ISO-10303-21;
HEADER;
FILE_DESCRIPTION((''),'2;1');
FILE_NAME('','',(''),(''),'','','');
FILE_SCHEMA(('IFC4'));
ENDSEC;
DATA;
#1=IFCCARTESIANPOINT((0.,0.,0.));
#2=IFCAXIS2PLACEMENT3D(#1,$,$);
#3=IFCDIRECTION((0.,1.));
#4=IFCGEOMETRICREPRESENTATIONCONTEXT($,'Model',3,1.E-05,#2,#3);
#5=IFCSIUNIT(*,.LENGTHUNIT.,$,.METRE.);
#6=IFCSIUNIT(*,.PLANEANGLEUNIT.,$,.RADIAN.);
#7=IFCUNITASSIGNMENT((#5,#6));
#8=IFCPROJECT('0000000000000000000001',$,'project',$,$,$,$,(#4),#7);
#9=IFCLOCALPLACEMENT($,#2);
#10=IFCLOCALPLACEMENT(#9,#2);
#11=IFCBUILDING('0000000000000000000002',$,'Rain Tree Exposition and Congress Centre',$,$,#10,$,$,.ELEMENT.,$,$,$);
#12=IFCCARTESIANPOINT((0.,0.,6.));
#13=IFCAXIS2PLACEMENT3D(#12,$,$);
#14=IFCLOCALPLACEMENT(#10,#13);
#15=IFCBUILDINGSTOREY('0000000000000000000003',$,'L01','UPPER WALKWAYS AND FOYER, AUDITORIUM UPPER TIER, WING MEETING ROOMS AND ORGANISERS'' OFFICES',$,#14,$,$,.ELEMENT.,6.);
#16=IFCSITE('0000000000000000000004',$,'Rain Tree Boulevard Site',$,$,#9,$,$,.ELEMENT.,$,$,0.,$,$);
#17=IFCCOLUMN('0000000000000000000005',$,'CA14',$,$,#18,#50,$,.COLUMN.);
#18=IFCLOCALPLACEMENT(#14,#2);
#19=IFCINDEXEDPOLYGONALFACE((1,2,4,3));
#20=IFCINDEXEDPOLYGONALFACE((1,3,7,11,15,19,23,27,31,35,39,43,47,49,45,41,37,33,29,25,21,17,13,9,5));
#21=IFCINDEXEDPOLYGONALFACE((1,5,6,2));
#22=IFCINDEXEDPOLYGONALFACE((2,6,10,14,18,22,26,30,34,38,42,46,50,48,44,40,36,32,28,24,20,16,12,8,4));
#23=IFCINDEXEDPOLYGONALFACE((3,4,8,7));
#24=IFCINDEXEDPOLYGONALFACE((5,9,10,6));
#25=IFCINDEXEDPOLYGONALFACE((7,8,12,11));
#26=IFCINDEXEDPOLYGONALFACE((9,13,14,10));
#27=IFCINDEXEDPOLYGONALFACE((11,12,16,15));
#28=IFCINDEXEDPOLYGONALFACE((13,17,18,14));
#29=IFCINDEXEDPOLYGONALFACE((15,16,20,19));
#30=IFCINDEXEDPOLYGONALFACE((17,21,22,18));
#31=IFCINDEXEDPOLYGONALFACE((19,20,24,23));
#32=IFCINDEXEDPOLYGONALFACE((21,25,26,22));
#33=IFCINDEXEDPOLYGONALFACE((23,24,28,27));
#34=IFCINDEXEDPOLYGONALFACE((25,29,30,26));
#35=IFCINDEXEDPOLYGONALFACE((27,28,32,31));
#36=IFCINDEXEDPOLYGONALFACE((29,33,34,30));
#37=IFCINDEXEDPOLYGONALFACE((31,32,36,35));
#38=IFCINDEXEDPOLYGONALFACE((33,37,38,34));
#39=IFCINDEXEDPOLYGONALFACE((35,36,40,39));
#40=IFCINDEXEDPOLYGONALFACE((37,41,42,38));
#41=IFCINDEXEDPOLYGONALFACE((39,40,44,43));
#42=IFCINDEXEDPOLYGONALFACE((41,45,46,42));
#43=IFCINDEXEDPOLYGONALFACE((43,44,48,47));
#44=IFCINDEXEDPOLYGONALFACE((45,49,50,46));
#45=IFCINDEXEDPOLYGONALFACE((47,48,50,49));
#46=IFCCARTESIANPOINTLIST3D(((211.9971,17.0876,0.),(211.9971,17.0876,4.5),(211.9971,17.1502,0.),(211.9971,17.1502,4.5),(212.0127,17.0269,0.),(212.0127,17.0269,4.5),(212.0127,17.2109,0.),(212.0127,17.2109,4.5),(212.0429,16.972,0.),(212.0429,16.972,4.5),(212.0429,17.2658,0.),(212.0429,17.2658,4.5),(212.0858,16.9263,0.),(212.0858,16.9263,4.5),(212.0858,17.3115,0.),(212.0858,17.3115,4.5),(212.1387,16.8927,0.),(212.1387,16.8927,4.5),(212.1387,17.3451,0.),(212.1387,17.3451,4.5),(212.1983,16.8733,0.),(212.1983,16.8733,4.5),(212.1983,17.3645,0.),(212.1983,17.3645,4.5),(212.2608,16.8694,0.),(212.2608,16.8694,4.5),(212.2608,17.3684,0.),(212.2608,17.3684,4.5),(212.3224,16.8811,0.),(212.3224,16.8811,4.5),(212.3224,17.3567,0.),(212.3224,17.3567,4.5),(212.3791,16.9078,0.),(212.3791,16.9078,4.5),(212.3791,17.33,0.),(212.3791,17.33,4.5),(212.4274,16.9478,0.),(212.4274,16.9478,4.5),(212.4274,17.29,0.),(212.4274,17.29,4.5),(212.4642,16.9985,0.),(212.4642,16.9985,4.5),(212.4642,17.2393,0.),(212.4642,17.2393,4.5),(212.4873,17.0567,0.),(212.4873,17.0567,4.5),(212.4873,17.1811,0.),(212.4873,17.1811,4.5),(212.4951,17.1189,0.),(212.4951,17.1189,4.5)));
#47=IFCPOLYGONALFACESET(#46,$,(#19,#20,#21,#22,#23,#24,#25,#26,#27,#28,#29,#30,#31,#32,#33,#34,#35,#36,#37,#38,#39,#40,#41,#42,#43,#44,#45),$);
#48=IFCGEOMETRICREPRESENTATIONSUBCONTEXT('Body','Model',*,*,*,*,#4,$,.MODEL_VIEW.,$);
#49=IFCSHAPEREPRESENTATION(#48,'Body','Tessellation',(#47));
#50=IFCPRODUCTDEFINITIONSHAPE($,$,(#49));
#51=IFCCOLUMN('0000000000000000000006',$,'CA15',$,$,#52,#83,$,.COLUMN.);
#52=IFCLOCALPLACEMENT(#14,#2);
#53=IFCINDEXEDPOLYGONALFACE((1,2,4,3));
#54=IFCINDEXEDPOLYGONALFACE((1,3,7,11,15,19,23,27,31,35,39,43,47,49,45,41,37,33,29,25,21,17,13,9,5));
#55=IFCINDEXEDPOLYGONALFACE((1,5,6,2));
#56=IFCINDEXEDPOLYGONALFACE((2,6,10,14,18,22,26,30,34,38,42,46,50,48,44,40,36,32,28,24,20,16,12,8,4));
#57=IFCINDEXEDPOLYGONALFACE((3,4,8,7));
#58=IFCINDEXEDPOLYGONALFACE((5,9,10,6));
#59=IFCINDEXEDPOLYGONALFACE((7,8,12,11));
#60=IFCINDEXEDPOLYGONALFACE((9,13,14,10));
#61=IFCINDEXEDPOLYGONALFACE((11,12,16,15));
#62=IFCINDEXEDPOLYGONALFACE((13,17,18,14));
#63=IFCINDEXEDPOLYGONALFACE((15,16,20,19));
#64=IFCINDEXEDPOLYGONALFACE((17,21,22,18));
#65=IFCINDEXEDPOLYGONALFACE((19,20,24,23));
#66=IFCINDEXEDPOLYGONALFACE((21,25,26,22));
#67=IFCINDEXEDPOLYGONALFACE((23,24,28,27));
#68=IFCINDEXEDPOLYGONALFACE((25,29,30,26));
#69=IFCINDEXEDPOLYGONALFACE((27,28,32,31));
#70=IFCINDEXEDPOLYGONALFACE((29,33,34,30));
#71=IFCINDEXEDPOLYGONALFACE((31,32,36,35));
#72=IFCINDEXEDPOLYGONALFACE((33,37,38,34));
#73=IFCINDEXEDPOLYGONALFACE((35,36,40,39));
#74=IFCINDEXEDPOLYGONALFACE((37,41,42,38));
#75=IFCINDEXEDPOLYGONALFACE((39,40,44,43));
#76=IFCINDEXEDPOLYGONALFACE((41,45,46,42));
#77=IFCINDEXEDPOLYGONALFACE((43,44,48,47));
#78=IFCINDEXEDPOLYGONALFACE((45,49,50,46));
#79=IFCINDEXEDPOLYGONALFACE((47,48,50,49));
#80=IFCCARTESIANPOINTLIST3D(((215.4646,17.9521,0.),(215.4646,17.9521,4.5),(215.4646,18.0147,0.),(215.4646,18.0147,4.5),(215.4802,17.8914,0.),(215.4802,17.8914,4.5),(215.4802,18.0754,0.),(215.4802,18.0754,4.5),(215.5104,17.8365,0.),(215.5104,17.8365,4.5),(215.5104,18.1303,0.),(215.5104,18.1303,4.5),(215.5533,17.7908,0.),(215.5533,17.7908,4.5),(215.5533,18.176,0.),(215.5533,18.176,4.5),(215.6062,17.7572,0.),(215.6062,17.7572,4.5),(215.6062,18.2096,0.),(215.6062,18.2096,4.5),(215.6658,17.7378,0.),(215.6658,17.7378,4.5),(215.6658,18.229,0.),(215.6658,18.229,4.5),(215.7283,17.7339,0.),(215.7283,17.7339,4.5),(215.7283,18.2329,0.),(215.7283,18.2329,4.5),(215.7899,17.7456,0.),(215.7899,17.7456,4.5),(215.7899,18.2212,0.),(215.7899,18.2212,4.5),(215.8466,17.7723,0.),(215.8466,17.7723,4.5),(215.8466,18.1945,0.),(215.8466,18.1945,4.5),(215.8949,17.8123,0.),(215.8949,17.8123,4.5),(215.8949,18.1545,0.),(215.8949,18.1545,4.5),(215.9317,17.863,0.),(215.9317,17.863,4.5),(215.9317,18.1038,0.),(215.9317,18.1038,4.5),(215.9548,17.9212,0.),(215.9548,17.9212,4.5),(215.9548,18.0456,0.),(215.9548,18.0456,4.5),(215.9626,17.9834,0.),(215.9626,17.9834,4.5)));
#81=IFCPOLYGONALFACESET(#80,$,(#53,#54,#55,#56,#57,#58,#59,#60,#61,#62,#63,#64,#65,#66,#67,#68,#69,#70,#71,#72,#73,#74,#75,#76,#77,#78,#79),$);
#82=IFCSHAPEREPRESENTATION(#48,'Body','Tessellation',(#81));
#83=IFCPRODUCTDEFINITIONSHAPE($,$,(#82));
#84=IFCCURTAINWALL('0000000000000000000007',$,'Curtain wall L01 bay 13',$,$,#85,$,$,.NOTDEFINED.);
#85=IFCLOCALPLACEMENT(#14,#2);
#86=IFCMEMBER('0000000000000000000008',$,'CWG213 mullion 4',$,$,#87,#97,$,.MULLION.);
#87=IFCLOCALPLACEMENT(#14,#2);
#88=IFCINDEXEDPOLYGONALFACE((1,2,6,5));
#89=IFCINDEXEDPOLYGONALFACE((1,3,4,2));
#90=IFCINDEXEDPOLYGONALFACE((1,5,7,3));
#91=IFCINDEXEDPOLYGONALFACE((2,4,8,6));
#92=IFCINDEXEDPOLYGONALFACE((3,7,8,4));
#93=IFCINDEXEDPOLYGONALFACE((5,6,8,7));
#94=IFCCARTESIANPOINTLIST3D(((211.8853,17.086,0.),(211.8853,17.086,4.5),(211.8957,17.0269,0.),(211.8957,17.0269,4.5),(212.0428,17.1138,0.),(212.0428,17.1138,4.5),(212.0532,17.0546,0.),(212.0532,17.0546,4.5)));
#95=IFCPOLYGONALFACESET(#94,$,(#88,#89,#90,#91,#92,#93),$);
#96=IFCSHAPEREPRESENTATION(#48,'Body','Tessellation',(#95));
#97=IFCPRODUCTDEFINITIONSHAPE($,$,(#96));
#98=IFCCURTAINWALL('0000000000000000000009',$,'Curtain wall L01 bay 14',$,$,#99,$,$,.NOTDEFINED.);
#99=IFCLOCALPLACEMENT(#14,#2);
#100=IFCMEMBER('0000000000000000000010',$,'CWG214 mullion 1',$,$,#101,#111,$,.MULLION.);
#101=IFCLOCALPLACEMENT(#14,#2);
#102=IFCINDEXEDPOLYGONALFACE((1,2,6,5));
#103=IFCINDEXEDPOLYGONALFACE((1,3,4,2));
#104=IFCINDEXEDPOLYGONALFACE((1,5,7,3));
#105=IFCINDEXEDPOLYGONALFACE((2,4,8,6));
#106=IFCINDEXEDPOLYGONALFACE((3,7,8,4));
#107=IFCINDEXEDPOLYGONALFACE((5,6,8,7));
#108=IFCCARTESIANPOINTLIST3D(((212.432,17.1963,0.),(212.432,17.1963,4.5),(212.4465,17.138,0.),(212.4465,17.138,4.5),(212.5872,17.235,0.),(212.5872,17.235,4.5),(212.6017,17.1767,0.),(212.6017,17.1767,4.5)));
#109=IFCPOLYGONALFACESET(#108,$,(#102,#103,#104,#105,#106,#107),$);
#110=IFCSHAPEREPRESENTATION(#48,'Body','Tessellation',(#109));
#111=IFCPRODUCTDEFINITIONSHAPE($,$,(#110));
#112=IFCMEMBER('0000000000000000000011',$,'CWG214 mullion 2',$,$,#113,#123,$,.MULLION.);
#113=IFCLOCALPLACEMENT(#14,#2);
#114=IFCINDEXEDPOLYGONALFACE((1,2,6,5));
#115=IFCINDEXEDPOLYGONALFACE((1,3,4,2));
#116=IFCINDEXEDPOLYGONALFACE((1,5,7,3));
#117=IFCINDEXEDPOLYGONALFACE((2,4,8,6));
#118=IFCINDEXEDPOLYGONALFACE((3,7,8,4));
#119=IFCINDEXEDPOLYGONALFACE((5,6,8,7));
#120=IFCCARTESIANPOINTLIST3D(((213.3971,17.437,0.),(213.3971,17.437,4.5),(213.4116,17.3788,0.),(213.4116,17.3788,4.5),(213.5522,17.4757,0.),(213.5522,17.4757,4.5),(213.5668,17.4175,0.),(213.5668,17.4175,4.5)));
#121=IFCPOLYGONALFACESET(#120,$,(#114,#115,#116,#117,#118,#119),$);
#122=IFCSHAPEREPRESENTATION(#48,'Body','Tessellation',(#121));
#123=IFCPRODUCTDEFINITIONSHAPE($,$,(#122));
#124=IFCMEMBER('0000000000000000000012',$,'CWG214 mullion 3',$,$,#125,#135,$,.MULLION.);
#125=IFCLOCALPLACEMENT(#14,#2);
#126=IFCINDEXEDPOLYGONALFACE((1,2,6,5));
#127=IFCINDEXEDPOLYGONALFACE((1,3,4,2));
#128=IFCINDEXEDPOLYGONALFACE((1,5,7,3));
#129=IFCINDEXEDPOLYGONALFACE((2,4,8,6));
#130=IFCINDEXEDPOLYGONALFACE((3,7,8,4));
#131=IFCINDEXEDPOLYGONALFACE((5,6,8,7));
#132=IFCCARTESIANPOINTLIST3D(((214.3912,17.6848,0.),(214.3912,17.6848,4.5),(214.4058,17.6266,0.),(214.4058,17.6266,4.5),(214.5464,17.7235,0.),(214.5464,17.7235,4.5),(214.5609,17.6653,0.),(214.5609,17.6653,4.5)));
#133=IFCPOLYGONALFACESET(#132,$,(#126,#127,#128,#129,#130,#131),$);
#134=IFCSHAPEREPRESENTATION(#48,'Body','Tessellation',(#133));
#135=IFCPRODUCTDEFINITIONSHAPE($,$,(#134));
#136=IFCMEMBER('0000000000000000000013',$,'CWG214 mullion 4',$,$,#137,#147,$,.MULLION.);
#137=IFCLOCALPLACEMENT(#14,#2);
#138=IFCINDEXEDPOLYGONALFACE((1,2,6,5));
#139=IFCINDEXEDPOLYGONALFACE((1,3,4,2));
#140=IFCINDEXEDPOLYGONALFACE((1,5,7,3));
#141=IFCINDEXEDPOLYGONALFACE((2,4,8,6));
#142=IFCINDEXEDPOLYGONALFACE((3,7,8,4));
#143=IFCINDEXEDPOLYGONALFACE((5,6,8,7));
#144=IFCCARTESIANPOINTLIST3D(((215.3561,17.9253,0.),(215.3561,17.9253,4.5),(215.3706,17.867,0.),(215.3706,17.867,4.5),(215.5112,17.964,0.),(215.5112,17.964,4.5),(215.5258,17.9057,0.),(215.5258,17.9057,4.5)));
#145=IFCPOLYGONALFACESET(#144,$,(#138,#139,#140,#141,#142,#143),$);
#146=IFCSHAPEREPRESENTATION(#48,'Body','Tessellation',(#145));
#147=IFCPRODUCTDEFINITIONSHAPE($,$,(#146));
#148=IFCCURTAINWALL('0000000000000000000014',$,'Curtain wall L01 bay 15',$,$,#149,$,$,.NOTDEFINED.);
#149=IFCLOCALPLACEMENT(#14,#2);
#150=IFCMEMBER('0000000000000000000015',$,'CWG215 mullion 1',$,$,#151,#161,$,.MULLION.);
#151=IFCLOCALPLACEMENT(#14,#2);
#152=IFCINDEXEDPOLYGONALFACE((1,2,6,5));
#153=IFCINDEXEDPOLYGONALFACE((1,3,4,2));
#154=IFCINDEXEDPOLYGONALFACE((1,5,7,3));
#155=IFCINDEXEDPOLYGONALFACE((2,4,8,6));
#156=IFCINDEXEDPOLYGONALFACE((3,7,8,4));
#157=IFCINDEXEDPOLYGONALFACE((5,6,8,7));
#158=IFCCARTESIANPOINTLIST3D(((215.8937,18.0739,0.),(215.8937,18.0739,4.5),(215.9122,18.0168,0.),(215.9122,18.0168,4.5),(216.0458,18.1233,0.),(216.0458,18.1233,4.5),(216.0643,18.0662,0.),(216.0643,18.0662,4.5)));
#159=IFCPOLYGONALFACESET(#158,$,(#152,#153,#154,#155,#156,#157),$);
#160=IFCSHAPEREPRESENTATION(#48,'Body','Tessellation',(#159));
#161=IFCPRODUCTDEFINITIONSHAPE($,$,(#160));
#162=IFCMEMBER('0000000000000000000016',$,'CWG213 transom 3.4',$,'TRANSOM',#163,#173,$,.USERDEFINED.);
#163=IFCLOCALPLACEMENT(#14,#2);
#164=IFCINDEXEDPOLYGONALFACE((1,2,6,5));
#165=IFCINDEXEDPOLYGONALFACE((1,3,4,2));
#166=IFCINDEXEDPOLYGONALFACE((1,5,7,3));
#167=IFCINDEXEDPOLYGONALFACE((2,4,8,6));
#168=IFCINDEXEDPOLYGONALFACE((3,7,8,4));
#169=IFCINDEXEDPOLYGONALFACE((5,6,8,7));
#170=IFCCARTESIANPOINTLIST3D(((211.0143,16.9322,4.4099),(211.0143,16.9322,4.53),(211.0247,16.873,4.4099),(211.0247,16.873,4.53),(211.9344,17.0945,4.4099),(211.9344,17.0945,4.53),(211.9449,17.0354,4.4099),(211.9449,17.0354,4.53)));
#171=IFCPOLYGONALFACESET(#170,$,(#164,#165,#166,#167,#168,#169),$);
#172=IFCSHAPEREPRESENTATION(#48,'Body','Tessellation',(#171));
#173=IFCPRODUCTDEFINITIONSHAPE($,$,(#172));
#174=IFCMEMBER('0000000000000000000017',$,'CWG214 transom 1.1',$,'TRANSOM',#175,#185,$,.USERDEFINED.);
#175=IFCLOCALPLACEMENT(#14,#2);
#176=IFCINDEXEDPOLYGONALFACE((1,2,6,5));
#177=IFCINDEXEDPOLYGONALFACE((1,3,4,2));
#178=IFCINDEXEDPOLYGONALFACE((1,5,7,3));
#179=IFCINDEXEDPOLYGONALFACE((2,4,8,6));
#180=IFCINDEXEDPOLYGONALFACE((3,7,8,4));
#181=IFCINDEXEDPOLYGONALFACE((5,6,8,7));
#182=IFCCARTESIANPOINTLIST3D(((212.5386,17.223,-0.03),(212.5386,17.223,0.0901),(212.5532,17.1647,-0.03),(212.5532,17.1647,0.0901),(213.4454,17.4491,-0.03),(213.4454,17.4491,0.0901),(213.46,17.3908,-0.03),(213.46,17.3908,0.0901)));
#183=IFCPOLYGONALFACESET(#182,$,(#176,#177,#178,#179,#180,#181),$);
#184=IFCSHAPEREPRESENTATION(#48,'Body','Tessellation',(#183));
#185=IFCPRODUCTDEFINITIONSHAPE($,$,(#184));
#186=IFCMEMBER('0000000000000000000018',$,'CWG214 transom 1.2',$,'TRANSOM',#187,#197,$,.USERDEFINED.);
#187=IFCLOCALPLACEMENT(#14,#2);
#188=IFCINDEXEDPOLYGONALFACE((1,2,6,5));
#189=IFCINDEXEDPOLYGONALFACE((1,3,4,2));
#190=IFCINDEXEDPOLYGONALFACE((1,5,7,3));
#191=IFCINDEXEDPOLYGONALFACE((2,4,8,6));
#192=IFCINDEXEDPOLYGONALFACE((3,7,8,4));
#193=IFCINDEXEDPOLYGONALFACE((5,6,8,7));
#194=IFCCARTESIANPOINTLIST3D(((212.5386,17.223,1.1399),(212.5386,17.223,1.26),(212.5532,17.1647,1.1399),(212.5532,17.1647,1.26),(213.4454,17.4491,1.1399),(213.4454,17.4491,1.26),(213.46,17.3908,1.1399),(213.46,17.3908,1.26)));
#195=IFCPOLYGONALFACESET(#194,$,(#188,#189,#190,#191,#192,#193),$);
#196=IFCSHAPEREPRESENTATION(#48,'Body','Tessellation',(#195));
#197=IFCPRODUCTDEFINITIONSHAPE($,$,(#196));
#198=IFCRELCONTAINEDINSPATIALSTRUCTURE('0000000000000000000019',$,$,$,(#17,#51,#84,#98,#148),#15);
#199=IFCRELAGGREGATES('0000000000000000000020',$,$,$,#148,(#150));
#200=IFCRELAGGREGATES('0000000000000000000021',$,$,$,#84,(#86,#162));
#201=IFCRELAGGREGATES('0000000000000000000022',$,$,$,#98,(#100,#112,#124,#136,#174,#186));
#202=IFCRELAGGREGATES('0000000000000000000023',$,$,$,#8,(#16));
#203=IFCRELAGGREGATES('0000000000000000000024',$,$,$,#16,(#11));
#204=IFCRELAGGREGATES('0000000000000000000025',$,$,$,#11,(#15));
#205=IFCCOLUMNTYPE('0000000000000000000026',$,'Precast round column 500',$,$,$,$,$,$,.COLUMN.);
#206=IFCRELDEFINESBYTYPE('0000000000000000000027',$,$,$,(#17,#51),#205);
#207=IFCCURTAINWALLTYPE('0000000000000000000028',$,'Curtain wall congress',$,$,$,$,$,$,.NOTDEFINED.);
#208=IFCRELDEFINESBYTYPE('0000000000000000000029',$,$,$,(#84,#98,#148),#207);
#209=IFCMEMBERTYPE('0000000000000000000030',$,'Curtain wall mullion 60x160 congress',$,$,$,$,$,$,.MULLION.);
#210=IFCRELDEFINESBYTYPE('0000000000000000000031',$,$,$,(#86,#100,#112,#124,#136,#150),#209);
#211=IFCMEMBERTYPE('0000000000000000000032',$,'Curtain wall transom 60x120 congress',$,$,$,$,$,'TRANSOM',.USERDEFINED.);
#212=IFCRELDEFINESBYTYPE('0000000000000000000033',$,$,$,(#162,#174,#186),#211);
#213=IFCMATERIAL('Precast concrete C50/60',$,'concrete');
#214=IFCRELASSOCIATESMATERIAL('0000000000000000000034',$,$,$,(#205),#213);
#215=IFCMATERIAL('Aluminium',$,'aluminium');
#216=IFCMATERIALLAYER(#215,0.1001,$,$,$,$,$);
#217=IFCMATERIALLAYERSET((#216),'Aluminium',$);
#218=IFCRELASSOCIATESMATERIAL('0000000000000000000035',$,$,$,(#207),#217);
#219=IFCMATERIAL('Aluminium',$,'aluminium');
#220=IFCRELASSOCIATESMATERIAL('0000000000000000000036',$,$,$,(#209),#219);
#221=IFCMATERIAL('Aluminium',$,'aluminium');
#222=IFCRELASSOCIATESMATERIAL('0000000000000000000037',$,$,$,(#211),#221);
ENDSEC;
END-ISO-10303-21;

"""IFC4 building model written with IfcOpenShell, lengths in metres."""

from ifc_helpers import new_model, si_unit, direction, frame, origin, origin_2d, place, context, subcontext, project, spatial, rectangle, circle, extrude, material, layer, layer_set, material_profile, profile_set, type_object, element, aggregate, save


model = new_model("IFC4")

# Units and contexts
model_context = context("Model", 3, precision=1e-05, world=origin(), true_north=direction((0.0, 1.0)))
body_context = subcontext(model_context, "Body", "Model", "MODEL_VIEW")
ifc_project = project(units=[si_unit("LENGTHUNIT", "METRE"), si_unit("PLANEANGLEUNIT", "RADIAN")], contexts=[model_context])

# Site, building, storey
site_placement = place(None, origin())
site = spatial("IfcSite", under=ifc_project, at=site_placement, Name="Rain Tree Boulevard Site", CompositionType="ELEMENT", RefElevation=0.0)
building_placement = place(site_placement, origin())
building = spatial("IfcBuilding", under=site, at=building_placement, Name="Rain Tree Exposition and Congress Centre", CompositionType="ELEMENT")
storey_placement = place(building_placement, frame((0.0, 0.0, 6.0)))
storey = spatial("IfcBuildingStorey", under=building, at=storey_placement, Name="L01", Description="UPPER WALKWAYS AND FOYER, AUDITORIUM UPPER TIER, WING MEETING ROOMS AND ORGANISERS' OFFICES", CompositionType="ELEMENT", Elevation=6.0)

# Columns
ifc_material_1 = material(Name="Precast concrete C50/60", Category="concrete")
ifc_material_profile_1 = material_profile(ifc_material_1, circle(Radius=0.25, at=origin_2d()), Name="RC D500")
ifc_profile_set_1 = profile_set([ifc_material_profile_1], Name="Precast concrete C50/60")
column_type = type_object("IfcColumnType", Name="Precast round column 500", PredefinedType="COLUMN", material=ifc_profile_set_1)
for number, where, z_axis, x_axis, name in (
    (1, (212.2451, 17.1189, 0.0), (0.0, 0.0, 1.0), (1.0, 0.0, 0.0), "CA14"),
    (2, (215.7126, 17.9834, 0.0), (0.0, 0.0, 1.0), (1.0, 0.0, 0.0), "CA15"),
):
    element("IfcColumn", number, at=place(storey_placement, frame(where, z_axis=z_axis, x_axis=x_axis)), inside=storey, type_object=column_type, Name=name, PredefinedType="COLUMN", context=body_context, shape_type="SweptSolid", body=[
        extrude(circle(Radius=0.25, at=origin_2d()), origin(), (0.0, 0.0, 1.0), 4.5),
    ])

# Curtain wall, member
ifc_material_2 = material(Name="Aluminium", Category="aluminium")
ifc_layer_1 = layer(ifc_material_2, 0.1001)
ifc_layer_set_1 = layer_set([ifc_layer_1], Name="Aluminium")
curtain_wall_type = type_object("IfcCurtainWallType", Name="Curtain wall congress", PredefinedType="NOTDEFINED", material=ifc_layer_set_1)
curtain_wall_1_placement = place(storey_placement, origin())
curtain_wall_1 = element("IfcCurtainWall", 3, at=curtain_wall_1_placement, inside=storey, type_object=curtain_wall_type, Name="Curtain wall L01 bay 13", PredefinedType="NOTDEFINED")
ifc_material_3 = material(Name="Aluminium", Category="aluminium")
ifc_material_profile_2 = material_profile(ifc_material_3, rectangle(XDim=0.0601, YDim=0.1599, at=origin_2d()), Name="AL 60x160")
ifc_profile_set_2 = profile_set([ifc_material_profile_2], Name="Aluminium")
member_type_1 = type_object("IfcMemberType", Name="Curtain wall mullion 60x160 congress", PredefinedType="MULLION", material=ifc_profile_set_2)
member_1_placement = place(storey_placement, frame((211.9692, 17.0703, 0.0), z_axis=(0.0, 0.0, 1.0), x_axis=(-0.173635, 0.98481, 0.0)))
member_1 = element("IfcMember", 4, at=member_1_placement, type_object=member_type_1, Name="CWG213 mullion 4", PredefinedType="MULLION", context=body_context, shape_type="SweptSolid", body=[
    extrude(rectangle(XDim=0.0601, YDim=0.1599, at=origin_2d()), origin(), (0.0, 0.0, 1.0), 4.5),
])

# Curtain wall, members
curtain_wall_2_placement = place(storey_placement, origin())
curtain_wall_2 = element("IfcCurtainWall", 5, at=curtain_wall_2_placement, inside=storey, type_object=curtain_wall_type, Name="Curtain wall L01 bay 14", PredefinedType="NOTDEFINED")
member_2_placement = place(storey_placement, frame((212.5168, 17.1865, 0.0), z_axis=(0.0, 0.0, 1.0), x_axis=(-0.241923, 0.970295, 0.0)))
member_2 = element("IfcMember", 6, at=member_2_placement, type_object=member_type_1, Name="CWG214 mullion 1", PredefinedType="MULLION", context=body_context, shape_type="SweptSolid", body=[
    extrude(rectangle(XDim=0.0601, YDim=0.1599, at=origin_2d()), origin(), (0.0, 0.0, 1.0), 4.5),
])
member_3_placement = place(storey_placement, frame((213.4819, 17.4272, 0.0), z_axis=(0.0, 0.0, 1.0), x_axis=(-0.241923, 0.970295, 0.0)))
member_3 = element("IfcMember", 7, at=member_3_placement, type_object=member_type_1, Name="CWG214 mullion 2", PredefinedType="MULLION", context=body_context, shape_type="SweptSolid", body=[
    extrude(rectangle(XDim=0.0601, YDim=0.1599, at=origin_2d()), origin(), (0.0, 0.0, 1.0), 4.5),
])
member_4_placement = place(storey_placement, frame((214.4761, 17.675, 0.0), z_axis=(0.0, 0.0, 1.0), x_axis=(-0.241923, 0.970295, 0.0)))
member_4 = element("IfcMember", 8, at=member_4_placement, type_object=member_type_1, Name="CWG214 mullion 3", PredefinedType="MULLION", context=body_context, shape_type="SweptSolid", body=[
    extrude(rectangle(XDim=0.0601, YDim=0.1599, at=origin_2d()), origin(), (0.0, 0.0, 1.0), 4.5),
])
member_5_placement = place(storey_placement, frame((215.4409, 17.9155, 0.0), z_axis=(0.0, 0.0, 1.0), x_axis=(-0.241923, 0.970295, 0.0)))
member_5 = element("IfcMember", 9, at=member_5_placement, type_object=member_type_1, Name="CWG214 mullion 4", PredefinedType="MULLION", context=body_context, shape_type="SweptSolid", body=[
    extrude(rectangle(XDim=0.0601, YDim=0.1599, at=origin_2d()), origin(), (0.0, 0.0, 1.0), 4.5),
])

# Curtain wall, member
curtain_wall_3_placement = place(storey_placement, origin())
curtain_wall_3 = element("IfcCurtainWall", 10, at=curtain_wall_3_placement, inside=storey, type_object=curtain_wall_type, Name="Curtain wall L01 bay 15", PredefinedType="NOTDEFINED")
member_6_placement = place(storey_placement, frame((215.979, 18.0701, 0.0), z_axis=(0.0, 0.0, 1.0), x_axis=(-0.309006, 0.95106, 0.0)))
member_6 = element("IfcMember", 11, at=member_6_placement, type_object=member_type_1, Name="CWG215 mullion 1", PredefinedType="MULLION", context=body_context, shape_type="SweptSolid", body=[
    extrude(rectangle(XDim=0.0601, YDim=0.1599, at=origin_2d()), origin(), (0.0, 0.0, 1.0), 4.5),
])

# Members
ifc_material_4 = material(Name="Aluminium", Category="aluminium")
ifc_material_profile_3 = material_profile(ifc_material_4, rectangle(XDim=0.0601, YDim=0.1201, at=origin_2d()), Name="AL 60x120")
ifc_profile_set_3 = profile_set([ifc_material_profile_3], Name="Aluminium")
member_type_2 = type_object("IfcMemberType", Name="Curtain wall transom 60x120 congress", ElementType="TRANSOM", PredefinedType="USERDEFINED", material=ifc_profile_set_3)
member_7_placement = place(storey_placement, frame((211.0195, 16.9026, 4.47), z_axis=(0.984789, 0.173756, 0.0), x_axis=(-0.173756, 0.984789, 0.0)))
member_7 = element("IfcMember", 12, at=member_7_placement, type_object=member_type_2, Name="CWG213 transom 3.4", ObjectType="TRANSOM", PredefinedType="USERDEFINED", context=body_context, shape_type="SweptSolid", body=[
    extrude(rectangle(XDim=0.0601, YDim=0.1201, at=origin_2d()), origin(), (0.0, 0.0, 1.0), 0.9343),
])
member_8_placement = place(storey_placement, frame((212.5459, 17.1938, 0.03), z_axis=(0.970296, 0.241921, 0.0), x_axis=(-0.241921, 0.970296, 0.0)))
member_8 = element("IfcMember", 13, at=member_8_placement, type_object=member_type_2, Name="CWG214 transom 1.1", ObjectType="TRANSOM", PredefinedType="USERDEFINED", context=body_context, shape_type="SweptSolid", body=[
    extrude(rectangle(XDim=0.0601, YDim=0.1201, at=origin_2d()), origin(), (0.0, 0.0, 1.0), 0.9346),
])
member_9_placement = place(storey_placement, frame((212.5459, 17.1938, 1.2), z_axis=(0.970296, 0.241921, 0.0), x_axis=(-0.241921, 0.970296, 0.0)))
member_9 = element("IfcMember", 14, at=member_9_placement, type_object=member_type_2, Name="CWG214 transom 1.2", ObjectType="TRANSOM", PredefinedType="USERDEFINED", context=body_context, shape_type="SweptSolid", body=[
    extrude(rectangle(XDim=0.0601, YDim=0.1201, at=origin_2d()), origin(), (0.0, 0.0, 1.0), 0.9346),
])
aggregate(curtain_wall_3, [member_6])

aggregate(curtain_wall_1, [member_1, member_7])
aggregate(curtain_wall_2, [member_2, member_3, member_4, member_5, member_8, member_9])

save(model, "model.ifc")
